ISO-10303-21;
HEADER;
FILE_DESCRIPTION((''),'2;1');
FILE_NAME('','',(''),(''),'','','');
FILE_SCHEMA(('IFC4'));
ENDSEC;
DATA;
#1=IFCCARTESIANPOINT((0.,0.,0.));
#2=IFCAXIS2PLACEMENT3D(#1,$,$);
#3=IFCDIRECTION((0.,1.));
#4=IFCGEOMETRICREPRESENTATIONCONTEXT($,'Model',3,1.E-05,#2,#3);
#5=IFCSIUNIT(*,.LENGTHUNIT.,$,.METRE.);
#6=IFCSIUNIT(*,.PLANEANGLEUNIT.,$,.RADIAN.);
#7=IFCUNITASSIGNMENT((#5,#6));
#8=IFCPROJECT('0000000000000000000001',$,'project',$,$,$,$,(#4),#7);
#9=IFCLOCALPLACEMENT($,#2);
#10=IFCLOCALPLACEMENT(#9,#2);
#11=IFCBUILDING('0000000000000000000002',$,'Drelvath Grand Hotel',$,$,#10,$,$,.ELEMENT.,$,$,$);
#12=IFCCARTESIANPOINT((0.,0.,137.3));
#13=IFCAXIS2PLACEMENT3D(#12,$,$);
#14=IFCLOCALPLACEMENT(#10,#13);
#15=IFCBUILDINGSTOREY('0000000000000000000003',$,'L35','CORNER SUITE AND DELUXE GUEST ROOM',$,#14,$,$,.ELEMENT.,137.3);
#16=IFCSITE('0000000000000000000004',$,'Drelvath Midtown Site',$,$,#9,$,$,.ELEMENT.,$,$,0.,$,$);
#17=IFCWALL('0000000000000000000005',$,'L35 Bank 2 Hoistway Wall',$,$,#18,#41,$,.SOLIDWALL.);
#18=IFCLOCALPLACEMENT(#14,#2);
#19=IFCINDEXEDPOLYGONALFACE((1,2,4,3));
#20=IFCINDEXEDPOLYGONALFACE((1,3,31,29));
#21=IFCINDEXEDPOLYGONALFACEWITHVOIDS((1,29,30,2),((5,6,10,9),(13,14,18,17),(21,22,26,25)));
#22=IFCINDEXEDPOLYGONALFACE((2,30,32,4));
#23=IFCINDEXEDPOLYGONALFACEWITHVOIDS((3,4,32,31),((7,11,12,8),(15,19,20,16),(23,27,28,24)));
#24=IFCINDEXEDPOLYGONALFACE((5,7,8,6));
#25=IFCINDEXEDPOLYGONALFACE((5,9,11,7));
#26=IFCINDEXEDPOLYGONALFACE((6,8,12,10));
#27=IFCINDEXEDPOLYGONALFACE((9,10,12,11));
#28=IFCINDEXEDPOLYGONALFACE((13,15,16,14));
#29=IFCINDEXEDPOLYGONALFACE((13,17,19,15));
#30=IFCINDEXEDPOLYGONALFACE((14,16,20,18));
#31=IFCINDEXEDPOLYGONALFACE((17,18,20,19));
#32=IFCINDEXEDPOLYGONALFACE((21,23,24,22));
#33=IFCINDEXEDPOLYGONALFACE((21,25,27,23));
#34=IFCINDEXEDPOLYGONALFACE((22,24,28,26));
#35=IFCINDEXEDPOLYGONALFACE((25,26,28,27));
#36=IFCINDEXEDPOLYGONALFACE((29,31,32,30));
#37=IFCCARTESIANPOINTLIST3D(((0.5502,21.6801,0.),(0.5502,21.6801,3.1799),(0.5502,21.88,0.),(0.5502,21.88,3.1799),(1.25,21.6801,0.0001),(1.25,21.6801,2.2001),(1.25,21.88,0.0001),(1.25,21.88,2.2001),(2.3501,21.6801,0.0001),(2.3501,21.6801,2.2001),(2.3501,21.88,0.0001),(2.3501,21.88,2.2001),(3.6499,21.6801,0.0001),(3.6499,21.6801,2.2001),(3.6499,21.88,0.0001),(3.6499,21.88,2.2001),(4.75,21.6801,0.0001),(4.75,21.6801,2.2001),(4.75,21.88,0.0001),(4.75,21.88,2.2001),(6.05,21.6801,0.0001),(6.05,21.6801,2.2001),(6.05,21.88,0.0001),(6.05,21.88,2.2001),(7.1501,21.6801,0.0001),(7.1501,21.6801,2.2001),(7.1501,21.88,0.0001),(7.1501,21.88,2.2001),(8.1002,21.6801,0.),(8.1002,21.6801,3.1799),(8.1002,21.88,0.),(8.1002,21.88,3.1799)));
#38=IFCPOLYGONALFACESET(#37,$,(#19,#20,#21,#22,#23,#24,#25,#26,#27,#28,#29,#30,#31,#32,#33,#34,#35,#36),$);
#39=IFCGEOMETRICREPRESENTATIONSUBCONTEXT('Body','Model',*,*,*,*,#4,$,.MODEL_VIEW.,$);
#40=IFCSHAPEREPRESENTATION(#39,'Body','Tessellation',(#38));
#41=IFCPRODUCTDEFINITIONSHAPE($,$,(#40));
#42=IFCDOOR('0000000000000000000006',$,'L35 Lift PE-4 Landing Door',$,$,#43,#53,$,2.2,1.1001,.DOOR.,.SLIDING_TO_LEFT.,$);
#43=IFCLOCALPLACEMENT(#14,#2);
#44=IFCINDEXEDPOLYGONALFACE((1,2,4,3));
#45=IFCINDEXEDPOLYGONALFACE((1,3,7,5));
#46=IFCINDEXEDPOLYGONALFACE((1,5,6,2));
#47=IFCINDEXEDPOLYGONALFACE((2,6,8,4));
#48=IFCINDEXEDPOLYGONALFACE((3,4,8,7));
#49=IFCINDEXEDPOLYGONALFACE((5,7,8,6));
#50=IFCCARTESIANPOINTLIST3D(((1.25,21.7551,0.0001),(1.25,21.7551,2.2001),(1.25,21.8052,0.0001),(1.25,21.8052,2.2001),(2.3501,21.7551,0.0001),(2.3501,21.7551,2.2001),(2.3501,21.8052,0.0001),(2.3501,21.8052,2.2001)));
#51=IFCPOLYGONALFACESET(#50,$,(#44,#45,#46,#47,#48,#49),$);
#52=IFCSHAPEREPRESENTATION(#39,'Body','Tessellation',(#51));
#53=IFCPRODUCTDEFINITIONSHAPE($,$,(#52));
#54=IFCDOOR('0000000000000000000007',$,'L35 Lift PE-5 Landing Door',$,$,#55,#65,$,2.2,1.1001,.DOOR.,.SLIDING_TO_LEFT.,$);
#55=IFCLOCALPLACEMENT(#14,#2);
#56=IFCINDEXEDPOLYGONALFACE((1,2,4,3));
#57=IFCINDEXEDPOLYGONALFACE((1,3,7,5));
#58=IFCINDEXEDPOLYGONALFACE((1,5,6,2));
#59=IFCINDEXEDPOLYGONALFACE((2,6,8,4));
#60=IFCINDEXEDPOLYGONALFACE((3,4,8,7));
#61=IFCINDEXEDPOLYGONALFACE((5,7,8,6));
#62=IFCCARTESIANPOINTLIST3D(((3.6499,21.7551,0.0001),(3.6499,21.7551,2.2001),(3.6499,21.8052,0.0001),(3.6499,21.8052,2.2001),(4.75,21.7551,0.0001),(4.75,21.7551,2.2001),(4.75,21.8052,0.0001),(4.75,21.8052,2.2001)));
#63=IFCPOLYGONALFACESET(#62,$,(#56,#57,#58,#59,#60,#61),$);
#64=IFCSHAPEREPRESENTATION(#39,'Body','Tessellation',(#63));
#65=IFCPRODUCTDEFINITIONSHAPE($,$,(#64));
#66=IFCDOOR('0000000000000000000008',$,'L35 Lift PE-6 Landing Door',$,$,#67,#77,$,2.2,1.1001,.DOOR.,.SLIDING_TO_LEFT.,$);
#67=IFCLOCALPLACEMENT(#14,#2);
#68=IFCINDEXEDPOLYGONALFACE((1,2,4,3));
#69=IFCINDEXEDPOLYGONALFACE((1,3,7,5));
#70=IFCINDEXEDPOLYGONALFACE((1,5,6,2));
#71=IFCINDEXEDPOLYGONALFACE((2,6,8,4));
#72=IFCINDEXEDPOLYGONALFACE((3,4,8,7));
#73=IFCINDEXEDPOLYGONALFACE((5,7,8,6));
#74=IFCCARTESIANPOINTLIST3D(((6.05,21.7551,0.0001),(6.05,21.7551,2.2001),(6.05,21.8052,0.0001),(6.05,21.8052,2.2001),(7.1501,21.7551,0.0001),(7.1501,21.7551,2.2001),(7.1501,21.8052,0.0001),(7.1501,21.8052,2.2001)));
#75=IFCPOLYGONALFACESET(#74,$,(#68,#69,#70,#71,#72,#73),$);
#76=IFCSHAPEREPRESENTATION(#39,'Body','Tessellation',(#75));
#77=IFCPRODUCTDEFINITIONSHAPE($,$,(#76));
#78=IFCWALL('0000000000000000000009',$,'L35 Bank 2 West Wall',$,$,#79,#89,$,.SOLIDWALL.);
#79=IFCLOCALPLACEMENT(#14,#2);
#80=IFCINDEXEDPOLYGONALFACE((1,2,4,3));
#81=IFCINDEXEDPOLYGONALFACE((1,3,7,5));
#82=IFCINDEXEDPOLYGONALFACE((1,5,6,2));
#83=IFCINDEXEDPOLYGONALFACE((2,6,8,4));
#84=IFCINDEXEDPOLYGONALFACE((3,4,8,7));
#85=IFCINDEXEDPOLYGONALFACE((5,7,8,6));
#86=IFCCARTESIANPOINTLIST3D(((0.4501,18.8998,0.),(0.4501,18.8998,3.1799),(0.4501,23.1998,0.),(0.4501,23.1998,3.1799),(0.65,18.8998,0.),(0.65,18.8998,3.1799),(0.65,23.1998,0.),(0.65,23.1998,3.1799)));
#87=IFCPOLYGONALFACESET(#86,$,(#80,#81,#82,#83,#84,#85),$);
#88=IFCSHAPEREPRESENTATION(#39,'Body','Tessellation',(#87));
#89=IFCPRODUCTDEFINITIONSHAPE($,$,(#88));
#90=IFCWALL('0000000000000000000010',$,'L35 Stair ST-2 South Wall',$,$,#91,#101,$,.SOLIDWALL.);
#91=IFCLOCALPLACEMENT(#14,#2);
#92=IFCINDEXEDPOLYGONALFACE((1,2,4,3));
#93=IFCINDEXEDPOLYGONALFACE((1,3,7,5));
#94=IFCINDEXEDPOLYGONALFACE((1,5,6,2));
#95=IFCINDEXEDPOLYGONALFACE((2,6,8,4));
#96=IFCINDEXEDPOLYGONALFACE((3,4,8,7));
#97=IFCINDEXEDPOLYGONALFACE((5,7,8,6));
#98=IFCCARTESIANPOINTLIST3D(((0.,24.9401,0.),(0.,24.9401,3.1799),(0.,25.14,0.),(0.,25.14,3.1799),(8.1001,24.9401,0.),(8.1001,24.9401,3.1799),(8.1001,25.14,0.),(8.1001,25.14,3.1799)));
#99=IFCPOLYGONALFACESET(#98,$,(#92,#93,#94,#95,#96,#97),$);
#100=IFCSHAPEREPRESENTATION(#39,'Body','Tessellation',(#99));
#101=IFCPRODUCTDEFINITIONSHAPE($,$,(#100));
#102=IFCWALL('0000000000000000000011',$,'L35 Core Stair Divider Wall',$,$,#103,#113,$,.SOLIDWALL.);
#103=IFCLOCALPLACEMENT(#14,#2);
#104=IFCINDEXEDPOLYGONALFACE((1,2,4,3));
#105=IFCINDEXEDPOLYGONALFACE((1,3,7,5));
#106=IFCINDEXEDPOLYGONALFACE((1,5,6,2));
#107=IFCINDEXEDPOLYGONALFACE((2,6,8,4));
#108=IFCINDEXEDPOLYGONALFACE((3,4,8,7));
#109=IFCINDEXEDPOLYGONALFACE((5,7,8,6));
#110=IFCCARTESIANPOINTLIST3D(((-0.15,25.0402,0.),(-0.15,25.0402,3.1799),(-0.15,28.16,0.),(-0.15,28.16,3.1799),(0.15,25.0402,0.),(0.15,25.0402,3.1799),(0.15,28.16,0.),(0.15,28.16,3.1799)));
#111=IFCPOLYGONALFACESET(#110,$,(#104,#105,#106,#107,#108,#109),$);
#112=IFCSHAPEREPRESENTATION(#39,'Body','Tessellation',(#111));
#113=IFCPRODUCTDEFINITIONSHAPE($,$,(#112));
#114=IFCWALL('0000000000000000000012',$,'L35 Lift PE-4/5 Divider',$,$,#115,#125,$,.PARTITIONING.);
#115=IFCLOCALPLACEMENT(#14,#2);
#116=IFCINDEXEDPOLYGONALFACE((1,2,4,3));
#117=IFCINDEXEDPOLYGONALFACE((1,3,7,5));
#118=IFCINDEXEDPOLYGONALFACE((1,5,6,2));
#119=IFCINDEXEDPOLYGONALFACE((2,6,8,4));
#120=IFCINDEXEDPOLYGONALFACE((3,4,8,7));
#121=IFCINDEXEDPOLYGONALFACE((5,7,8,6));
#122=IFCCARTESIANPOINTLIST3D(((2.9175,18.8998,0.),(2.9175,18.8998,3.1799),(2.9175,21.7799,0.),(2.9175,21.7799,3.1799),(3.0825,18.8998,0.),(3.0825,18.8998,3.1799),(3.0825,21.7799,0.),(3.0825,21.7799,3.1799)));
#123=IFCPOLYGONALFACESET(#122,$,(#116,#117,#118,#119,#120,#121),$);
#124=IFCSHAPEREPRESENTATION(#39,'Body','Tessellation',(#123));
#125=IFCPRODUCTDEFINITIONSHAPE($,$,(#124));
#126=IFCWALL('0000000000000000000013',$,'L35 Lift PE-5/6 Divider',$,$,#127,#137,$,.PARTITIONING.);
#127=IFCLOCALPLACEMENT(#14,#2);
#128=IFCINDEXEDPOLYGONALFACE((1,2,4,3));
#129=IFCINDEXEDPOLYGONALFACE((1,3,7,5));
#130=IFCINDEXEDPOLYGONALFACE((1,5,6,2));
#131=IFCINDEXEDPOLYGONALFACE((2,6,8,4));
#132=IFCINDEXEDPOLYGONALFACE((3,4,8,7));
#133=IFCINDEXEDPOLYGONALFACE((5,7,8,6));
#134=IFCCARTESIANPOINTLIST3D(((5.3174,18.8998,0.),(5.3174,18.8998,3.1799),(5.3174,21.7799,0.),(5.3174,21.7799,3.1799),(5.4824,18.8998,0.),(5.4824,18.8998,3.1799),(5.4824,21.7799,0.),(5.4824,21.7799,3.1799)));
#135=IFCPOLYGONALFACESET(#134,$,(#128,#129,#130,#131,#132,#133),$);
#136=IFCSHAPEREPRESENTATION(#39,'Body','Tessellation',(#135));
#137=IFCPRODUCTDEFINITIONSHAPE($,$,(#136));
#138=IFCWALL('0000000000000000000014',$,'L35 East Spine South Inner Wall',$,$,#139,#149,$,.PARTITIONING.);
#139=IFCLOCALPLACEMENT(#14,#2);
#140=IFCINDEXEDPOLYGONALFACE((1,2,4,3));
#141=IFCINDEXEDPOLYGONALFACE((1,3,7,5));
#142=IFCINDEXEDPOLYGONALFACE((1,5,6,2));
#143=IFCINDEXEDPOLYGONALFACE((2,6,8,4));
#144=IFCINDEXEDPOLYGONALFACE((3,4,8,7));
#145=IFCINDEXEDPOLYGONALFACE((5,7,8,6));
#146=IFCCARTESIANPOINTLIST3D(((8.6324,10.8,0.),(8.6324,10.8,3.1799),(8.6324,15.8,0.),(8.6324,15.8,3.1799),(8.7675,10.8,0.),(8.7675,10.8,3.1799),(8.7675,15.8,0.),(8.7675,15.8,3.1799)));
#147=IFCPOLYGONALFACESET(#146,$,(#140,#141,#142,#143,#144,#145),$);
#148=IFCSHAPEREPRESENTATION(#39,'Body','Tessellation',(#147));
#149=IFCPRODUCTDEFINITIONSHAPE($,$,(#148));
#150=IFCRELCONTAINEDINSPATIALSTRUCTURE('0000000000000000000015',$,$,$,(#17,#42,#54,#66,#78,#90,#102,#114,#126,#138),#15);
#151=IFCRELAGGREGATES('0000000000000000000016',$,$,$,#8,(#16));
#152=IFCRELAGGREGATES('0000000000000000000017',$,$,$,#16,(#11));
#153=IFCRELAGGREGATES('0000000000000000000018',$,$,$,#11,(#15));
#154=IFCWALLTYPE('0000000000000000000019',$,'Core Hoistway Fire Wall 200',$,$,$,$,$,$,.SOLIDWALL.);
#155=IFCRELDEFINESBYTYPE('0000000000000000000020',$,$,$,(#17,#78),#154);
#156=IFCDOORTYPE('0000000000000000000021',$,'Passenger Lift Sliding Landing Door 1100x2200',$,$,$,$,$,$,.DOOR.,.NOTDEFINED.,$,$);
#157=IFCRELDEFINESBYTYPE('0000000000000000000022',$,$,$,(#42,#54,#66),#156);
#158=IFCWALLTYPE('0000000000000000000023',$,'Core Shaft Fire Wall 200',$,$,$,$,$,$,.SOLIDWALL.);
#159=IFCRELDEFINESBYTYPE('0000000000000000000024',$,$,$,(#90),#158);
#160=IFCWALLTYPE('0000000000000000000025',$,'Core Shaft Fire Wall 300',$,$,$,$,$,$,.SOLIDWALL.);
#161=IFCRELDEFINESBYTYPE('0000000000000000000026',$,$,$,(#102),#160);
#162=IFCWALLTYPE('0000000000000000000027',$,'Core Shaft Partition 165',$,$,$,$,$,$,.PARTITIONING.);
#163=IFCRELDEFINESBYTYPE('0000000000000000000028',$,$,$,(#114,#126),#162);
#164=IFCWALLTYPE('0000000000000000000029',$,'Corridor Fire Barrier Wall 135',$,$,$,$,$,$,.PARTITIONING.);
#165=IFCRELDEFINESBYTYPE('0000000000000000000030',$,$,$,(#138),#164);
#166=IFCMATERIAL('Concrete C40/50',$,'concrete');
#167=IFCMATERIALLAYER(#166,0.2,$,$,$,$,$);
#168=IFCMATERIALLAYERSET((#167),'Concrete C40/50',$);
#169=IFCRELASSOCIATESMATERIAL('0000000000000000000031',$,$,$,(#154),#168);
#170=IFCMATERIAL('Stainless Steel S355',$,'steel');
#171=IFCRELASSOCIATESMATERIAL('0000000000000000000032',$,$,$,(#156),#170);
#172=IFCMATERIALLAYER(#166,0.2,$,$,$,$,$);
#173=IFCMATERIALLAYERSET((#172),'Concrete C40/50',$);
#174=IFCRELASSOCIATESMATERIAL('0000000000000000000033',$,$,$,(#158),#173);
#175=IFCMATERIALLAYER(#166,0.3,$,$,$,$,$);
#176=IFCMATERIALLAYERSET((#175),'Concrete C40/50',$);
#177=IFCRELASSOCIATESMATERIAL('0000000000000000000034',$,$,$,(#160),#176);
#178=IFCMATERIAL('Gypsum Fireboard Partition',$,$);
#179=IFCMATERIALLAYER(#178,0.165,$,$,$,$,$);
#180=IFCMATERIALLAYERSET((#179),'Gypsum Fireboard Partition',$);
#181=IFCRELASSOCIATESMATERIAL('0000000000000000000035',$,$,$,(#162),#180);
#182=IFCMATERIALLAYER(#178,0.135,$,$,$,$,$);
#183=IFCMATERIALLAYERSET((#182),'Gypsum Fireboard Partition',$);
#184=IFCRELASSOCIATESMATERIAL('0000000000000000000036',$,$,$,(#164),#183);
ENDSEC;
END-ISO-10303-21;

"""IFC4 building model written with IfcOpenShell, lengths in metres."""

from ifc_helpers import new_model, si_unit, direction, frame, frame_2d, origin, place, context, subcontext, project, spatial, rectangle, extrude, material, layer, layer_set, type_object, element, fill, save


model = new_model("IFC4")

# Units and contexts
model_context = context("Model", 3, precision=1e-05, world=origin(), true_north=direction((0.0, 1.0)))
body_context = subcontext(model_context, "Body", "Model", "MODEL_VIEW")
ifc_project = project(units=[si_unit("LENGTHUNIT", "METRE"), si_unit("PLANEANGLEUNIT", "RADIAN")], contexts=[model_context])

# Site, building, storey
site_placement = place(None, origin())
site = spatial("IfcSite", under=ifc_project, at=site_placement, Name="Drelvath Midtown Site", CompositionType="ELEMENT", RefElevation=0.0)
building_placement = place(site_placement, origin())
building = spatial("IfcBuilding", under=site, at=building_placement, Name="Drelvath Grand Hotel", CompositionType="ELEMENT")
storey_placement = place(building_placement, frame((0.0, 0.0, 137.3)))
storey = spatial("IfcBuildingStorey", under=building, at=storey_placement, Name="L35", Description="CORNER SUITE AND DELUXE GUEST ROOM", CompositionType="ELEMENT", Elevation=137.3)

# Wall, openings, doors
ifc_material_1 = material(Name="Concrete C40/50", Category="concrete")
ifc_layer_1 = layer(ifc_material_1, 0.2)
ifc_layer_set_1 = layer_set([ifc_layer_1], Name="Concrete C40/50")
wall_type_1 = type_object("IfcWallType", Name="Core Hoistway Fire Wall 200", PredefinedType="SOLIDWALL", material=ifc_layer_set_1)
wall_1_placement = place(storey_placement, frame((8.1001, 21.78, 0.0), z_axis=(0.0, 0.0, 1.0), x_axis=(-1.0, 0.0, 0.0)))
wall_1 = element("IfcWall", 1, at=wall_1_placement, inside=storey, type_object=wall_type_1, Name="L35 Bank 2 Hoistway Wall", PredefinedType="SOLIDWALL", context=body_context, shape_type="SweptSolid", body=[
    extrude(rectangle(XDim=7.55, YDim=0.2, at=frame_2d((3.7749, 0.0))), origin(), (0.0, 0.0, 1.0), 3.1799),
])
opening_1_placement = place(wall_1_placement, frame((5.75, 0.0, 0.0)))
opening_1 = element("IfcOpeningElement", 2, at=opening_1_placement, cuts=wall_1, PredefinedType="OPENING", context=body_context, shape_type="SweptSolid", body=[
    extrude(rectangle(XDim=1.1001, YDim=2.2, at=frame_2d((0.55, 1.1001))), frame((0.0, 0.1099, 0.0), z_axis=(0.0, -1.0, 0.0), x_axis=(1.0, 0.0, 0.0)), (0.0, 0.0, 1.0), 0.22),
])
opening_2_placement = place(wall_1_placement, frame((3.3501, 0.0, 0.0)))
opening_2 = element("IfcOpeningElement", 3, at=opening_2_placement, cuts=wall_1, PredefinedType="OPENING", context=body_context, shape_type="SweptSolid", body=[
    extrude(rectangle(XDim=1.1001, YDim=2.2, at=frame_2d((0.55, 1.1001))), frame((0.0, 0.1099, 0.0), z_axis=(0.0, -1.0, 0.0), x_axis=(1.0, 0.0, 0.0)), (0.0, 0.0, 1.0), 0.22),
])
opening_3_placement = place(wall_1_placement, frame((0.95, 0.0, 0.0)))
opening_3 = element("IfcOpeningElement", 4, at=opening_3_placement, cuts=wall_1, PredefinedType="OPENING", context=body_context, shape_type="SweptSolid", body=[
    extrude(rectangle(XDim=1.1001, YDim=2.2, at=frame_2d((0.55, 1.1001))), frame((0.0, 0.1099, 0.0), z_axis=(0.0, -1.0, 0.0), x_axis=(1.0, 0.0, 0.0)), (0.0, 0.0, 1.0), 0.22),
])
ifc_material_2 = material(Name="Stainless Steel S355", Category="steel")
door_type_1 = type_object("IfcDoorType", Name="Passenger Lift Sliding Landing Door 1100x2200", OperationType="NOTDEFINED", PredefinedType="DOOR", material=ifc_material_2)
door_1_placement = place(opening_1_placement, origin())
door_1 = element("IfcDoor", 5, at=door_1_placement, inside=storey, type_object=door_type_1, Name="L35 Lift PE-4 Landing Door", OperationType="SLIDING_TO_LEFT", OverallHeight=2.2, OverallWidth=1.1001, PredefinedType="DOOR", context=body_context, shape_type="SweptSolid", body=[
    extrude(rectangle(XDim=1.1001, YDim=2.2, at=frame_2d((0.55, 1.1001))), frame((0.0, 0.0249, 0.0), z_axis=(0.0, -1.0, 0.0), x_axis=(1.0, 0.0, 0.0)), (0.0, 0.0, 1.0), 0.05),
])
fill(opening_1, door_1)
door_2_placement = place(opening_2_placement, origin())
door_2 = element("IfcDoor", 6, at=door_2_placement, inside=storey, type_object=door_type_1, Name="L35 Lift PE-5 Landing Door", OperationType="SLIDING_TO_LEFT", OverallHeight=2.2, OverallWidth=1.1001, PredefinedType="DOOR", context=body_context, shape_type="SweptSolid", body=[
    extrude(rectangle(XDim=1.1001, YDim=2.2, at=frame_2d((0.55, 1.1001))), frame((0.0, 0.0249, 0.0), z_axis=(0.0, -1.0, 0.0), x_axis=(1.0, 0.0, 0.0)), (0.0, 0.0, 1.0), 0.05),
])
fill(opening_2, door_2)
door_3_placement = place(opening_3_placement, origin())
door_3 = element("IfcDoor", 7, at=door_3_placement, inside=storey, type_object=door_type_1, Name="L35 Lift PE-6 Landing Door", OperationType="SLIDING_TO_LEFT", OverallHeight=2.2, OverallWidth=1.1001, PredefinedType="DOOR", context=body_context, shape_type="SweptSolid", body=[
    extrude(rectangle(XDim=1.1001, YDim=2.2, at=frame_2d((0.55, 1.1001))), frame((0.0, 0.0249, 0.0), z_axis=(0.0, -1.0, 0.0), x_axis=(1.0, 0.0, 0.0)), (0.0, 0.0, 1.0), 0.05),
])
fill(opening_3, door_3)

# Walls
wall_2_placement = place(storey_placement, frame((0.55, 18.8999, 0.0), z_axis=(0.0, 0.0, 1.0), x_axis=(0.0, 1.0, 0.0)))
element("IfcWall", 8, at=wall_2_placement, inside=storey, type_object=wall_type_1, Name="L35 Bank 2 West Wall", PredefinedType="SOLIDWALL", context=body_context, shape_type="SweptSolid", body=[
    extrude(rectangle(XDim=4.3, YDim=0.2, at=frame_2d((2.1499, 0.0))), origin(), (0.0, 0.0, 1.0), 3.1799),
])
ifc_layer_2 = layer(ifc_material_1, 0.2)
ifc_layer_set_2 = layer_set([ifc_layer_2], Name="Concrete C40/50")
wall_type_2 = type_object("IfcWallType", Name="Core Shaft Fire Wall 200", PredefinedType="SOLIDWALL", material=ifc_layer_set_2)
wall_3_placement = place(storey_placement, frame((0.0, 25.04, 0.0), z_axis=(0.0, 0.0, 1.0), x_axis=(1.0, 0.0, 0.0)))
element("IfcWall", 9, at=wall_3_placement, inside=storey, type_object=wall_type_2, Name="L35 Stair ST-2 South Wall", PredefinedType="SOLIDWALL", context=body_context, shape_type="SweptSolid", body=[
    extrude(rectangle(XDim=8.1001, YDim=0.2, at=frame_2d((4.05, 0.0))), origin(), (0.0, 0.0, 1.0), 3.1799),
])
ifc_layer_3 = layer(ifc_material_1, 0.3)
ifc_layer_set_3 = layer_set([ifc_layer_3], Name="Concrete C40/50")
wall_type_3 = type_object("IfcWallType", Name="Core Shaft Fire Wall 300", PredefinedType="SOLIDWALL", material=ifc_layer_set_3)
wall_4_placement = place(storey_placement, frame((0.0, 25.04, 0.0), z_axis=(0.0, 0.0, 1.0), x_axis=(0.0, 1.0, 0.0)))
element("IfcWall", 10, at=wall_4_placement, inside=storey, type_object=wall_type_3, Name="L35 Core Stair Divider Wall", PredefinedType="SOLIDWALL", context=body_context, shape_type="SweptSolid", body=[
    extrude(rectangle(XDim=3.1199, YDim=0.3, at=frame_2d((1.5601, 0.0))), origin(), (0.0, 0.0, 1.0), 3.1799),
])
ifc_material_3 = material(Name="Gypsum Fireboard Partition")
ifc_layer_4 = layer(ifc_material_3, 0.165)
ifc_layer_set_4 = layer_set([ifc_layer_4], Name="Gypsum Fireboard Partition")
wall_type_4 = type_object("IfcWallType", Name="Core Shaft Partition 165", PredefinedType="PARTITIONING", material=ifc_layer_set_4)
for number, where, z_axis, x_axis, name in (
    (11, (3.0, 18.8999, 0.0), (0.0, 0.0, 1.0), (0.0, 1.0, 0.0), "L35 Lift PE-4/5 Divider"),
    (12, (5.3999, 18.8999, 0.0), (0.0, 0.0, 1.0), (0.0, 1.0, 0.0), "L35 Lift PE-5/6 Divider"),
):
    element("IfcWall", number, at=place(storey_placement, frame(where, z_axis=z_axis, x_axis=x_axis)), inside=storey, type_object=wall_type_4, Name=name, PredefinedType="PARTITIONING", context=body_context, shape_type="SweptSolid", body=[
        extrude(rectangle(XDim=2.8801, YDim=0.165, at=frame_2d((1.4399, 0.0))), origin(), (0.0, 0.0, 1.0), 3.1799),
    ])
ifc_layer_5 = layer(ifc_material_3, 0.135)
ifc_layer_set_5 = layer_set([ifc_layer_5], Name="Gypsum Fireboard Partition")
wall_type_5 = type_object("IfcWallType", Name="Corridor Fire Barrier Wall 135", PredefinedType="PARTITIONING", material=ifc_layer_set_5)
wall_5_placement = place(storey_placement, frame((8.7, 10.8, 0.0), z_axis=(0.0, 0.0, 1.0), x_axis=(0.0, 1.0, 0.0)))
element("IfcWall", 13, at=wall_5_placement, inside=storey, type_object=wall_type_5, Name="L35 East Spine South Inner Wall", PredefinedType="PARTITIONING", context=body_context, shape_type="SweptSolid", body=[
    extrude(rectangle(XDim=5.0, YDim=0.135, at=frame_2d((2.5, 0.0))), origin(), (0.0, 0.0, 1.0), 3.1799),
])

save(model, "model.ifc")
